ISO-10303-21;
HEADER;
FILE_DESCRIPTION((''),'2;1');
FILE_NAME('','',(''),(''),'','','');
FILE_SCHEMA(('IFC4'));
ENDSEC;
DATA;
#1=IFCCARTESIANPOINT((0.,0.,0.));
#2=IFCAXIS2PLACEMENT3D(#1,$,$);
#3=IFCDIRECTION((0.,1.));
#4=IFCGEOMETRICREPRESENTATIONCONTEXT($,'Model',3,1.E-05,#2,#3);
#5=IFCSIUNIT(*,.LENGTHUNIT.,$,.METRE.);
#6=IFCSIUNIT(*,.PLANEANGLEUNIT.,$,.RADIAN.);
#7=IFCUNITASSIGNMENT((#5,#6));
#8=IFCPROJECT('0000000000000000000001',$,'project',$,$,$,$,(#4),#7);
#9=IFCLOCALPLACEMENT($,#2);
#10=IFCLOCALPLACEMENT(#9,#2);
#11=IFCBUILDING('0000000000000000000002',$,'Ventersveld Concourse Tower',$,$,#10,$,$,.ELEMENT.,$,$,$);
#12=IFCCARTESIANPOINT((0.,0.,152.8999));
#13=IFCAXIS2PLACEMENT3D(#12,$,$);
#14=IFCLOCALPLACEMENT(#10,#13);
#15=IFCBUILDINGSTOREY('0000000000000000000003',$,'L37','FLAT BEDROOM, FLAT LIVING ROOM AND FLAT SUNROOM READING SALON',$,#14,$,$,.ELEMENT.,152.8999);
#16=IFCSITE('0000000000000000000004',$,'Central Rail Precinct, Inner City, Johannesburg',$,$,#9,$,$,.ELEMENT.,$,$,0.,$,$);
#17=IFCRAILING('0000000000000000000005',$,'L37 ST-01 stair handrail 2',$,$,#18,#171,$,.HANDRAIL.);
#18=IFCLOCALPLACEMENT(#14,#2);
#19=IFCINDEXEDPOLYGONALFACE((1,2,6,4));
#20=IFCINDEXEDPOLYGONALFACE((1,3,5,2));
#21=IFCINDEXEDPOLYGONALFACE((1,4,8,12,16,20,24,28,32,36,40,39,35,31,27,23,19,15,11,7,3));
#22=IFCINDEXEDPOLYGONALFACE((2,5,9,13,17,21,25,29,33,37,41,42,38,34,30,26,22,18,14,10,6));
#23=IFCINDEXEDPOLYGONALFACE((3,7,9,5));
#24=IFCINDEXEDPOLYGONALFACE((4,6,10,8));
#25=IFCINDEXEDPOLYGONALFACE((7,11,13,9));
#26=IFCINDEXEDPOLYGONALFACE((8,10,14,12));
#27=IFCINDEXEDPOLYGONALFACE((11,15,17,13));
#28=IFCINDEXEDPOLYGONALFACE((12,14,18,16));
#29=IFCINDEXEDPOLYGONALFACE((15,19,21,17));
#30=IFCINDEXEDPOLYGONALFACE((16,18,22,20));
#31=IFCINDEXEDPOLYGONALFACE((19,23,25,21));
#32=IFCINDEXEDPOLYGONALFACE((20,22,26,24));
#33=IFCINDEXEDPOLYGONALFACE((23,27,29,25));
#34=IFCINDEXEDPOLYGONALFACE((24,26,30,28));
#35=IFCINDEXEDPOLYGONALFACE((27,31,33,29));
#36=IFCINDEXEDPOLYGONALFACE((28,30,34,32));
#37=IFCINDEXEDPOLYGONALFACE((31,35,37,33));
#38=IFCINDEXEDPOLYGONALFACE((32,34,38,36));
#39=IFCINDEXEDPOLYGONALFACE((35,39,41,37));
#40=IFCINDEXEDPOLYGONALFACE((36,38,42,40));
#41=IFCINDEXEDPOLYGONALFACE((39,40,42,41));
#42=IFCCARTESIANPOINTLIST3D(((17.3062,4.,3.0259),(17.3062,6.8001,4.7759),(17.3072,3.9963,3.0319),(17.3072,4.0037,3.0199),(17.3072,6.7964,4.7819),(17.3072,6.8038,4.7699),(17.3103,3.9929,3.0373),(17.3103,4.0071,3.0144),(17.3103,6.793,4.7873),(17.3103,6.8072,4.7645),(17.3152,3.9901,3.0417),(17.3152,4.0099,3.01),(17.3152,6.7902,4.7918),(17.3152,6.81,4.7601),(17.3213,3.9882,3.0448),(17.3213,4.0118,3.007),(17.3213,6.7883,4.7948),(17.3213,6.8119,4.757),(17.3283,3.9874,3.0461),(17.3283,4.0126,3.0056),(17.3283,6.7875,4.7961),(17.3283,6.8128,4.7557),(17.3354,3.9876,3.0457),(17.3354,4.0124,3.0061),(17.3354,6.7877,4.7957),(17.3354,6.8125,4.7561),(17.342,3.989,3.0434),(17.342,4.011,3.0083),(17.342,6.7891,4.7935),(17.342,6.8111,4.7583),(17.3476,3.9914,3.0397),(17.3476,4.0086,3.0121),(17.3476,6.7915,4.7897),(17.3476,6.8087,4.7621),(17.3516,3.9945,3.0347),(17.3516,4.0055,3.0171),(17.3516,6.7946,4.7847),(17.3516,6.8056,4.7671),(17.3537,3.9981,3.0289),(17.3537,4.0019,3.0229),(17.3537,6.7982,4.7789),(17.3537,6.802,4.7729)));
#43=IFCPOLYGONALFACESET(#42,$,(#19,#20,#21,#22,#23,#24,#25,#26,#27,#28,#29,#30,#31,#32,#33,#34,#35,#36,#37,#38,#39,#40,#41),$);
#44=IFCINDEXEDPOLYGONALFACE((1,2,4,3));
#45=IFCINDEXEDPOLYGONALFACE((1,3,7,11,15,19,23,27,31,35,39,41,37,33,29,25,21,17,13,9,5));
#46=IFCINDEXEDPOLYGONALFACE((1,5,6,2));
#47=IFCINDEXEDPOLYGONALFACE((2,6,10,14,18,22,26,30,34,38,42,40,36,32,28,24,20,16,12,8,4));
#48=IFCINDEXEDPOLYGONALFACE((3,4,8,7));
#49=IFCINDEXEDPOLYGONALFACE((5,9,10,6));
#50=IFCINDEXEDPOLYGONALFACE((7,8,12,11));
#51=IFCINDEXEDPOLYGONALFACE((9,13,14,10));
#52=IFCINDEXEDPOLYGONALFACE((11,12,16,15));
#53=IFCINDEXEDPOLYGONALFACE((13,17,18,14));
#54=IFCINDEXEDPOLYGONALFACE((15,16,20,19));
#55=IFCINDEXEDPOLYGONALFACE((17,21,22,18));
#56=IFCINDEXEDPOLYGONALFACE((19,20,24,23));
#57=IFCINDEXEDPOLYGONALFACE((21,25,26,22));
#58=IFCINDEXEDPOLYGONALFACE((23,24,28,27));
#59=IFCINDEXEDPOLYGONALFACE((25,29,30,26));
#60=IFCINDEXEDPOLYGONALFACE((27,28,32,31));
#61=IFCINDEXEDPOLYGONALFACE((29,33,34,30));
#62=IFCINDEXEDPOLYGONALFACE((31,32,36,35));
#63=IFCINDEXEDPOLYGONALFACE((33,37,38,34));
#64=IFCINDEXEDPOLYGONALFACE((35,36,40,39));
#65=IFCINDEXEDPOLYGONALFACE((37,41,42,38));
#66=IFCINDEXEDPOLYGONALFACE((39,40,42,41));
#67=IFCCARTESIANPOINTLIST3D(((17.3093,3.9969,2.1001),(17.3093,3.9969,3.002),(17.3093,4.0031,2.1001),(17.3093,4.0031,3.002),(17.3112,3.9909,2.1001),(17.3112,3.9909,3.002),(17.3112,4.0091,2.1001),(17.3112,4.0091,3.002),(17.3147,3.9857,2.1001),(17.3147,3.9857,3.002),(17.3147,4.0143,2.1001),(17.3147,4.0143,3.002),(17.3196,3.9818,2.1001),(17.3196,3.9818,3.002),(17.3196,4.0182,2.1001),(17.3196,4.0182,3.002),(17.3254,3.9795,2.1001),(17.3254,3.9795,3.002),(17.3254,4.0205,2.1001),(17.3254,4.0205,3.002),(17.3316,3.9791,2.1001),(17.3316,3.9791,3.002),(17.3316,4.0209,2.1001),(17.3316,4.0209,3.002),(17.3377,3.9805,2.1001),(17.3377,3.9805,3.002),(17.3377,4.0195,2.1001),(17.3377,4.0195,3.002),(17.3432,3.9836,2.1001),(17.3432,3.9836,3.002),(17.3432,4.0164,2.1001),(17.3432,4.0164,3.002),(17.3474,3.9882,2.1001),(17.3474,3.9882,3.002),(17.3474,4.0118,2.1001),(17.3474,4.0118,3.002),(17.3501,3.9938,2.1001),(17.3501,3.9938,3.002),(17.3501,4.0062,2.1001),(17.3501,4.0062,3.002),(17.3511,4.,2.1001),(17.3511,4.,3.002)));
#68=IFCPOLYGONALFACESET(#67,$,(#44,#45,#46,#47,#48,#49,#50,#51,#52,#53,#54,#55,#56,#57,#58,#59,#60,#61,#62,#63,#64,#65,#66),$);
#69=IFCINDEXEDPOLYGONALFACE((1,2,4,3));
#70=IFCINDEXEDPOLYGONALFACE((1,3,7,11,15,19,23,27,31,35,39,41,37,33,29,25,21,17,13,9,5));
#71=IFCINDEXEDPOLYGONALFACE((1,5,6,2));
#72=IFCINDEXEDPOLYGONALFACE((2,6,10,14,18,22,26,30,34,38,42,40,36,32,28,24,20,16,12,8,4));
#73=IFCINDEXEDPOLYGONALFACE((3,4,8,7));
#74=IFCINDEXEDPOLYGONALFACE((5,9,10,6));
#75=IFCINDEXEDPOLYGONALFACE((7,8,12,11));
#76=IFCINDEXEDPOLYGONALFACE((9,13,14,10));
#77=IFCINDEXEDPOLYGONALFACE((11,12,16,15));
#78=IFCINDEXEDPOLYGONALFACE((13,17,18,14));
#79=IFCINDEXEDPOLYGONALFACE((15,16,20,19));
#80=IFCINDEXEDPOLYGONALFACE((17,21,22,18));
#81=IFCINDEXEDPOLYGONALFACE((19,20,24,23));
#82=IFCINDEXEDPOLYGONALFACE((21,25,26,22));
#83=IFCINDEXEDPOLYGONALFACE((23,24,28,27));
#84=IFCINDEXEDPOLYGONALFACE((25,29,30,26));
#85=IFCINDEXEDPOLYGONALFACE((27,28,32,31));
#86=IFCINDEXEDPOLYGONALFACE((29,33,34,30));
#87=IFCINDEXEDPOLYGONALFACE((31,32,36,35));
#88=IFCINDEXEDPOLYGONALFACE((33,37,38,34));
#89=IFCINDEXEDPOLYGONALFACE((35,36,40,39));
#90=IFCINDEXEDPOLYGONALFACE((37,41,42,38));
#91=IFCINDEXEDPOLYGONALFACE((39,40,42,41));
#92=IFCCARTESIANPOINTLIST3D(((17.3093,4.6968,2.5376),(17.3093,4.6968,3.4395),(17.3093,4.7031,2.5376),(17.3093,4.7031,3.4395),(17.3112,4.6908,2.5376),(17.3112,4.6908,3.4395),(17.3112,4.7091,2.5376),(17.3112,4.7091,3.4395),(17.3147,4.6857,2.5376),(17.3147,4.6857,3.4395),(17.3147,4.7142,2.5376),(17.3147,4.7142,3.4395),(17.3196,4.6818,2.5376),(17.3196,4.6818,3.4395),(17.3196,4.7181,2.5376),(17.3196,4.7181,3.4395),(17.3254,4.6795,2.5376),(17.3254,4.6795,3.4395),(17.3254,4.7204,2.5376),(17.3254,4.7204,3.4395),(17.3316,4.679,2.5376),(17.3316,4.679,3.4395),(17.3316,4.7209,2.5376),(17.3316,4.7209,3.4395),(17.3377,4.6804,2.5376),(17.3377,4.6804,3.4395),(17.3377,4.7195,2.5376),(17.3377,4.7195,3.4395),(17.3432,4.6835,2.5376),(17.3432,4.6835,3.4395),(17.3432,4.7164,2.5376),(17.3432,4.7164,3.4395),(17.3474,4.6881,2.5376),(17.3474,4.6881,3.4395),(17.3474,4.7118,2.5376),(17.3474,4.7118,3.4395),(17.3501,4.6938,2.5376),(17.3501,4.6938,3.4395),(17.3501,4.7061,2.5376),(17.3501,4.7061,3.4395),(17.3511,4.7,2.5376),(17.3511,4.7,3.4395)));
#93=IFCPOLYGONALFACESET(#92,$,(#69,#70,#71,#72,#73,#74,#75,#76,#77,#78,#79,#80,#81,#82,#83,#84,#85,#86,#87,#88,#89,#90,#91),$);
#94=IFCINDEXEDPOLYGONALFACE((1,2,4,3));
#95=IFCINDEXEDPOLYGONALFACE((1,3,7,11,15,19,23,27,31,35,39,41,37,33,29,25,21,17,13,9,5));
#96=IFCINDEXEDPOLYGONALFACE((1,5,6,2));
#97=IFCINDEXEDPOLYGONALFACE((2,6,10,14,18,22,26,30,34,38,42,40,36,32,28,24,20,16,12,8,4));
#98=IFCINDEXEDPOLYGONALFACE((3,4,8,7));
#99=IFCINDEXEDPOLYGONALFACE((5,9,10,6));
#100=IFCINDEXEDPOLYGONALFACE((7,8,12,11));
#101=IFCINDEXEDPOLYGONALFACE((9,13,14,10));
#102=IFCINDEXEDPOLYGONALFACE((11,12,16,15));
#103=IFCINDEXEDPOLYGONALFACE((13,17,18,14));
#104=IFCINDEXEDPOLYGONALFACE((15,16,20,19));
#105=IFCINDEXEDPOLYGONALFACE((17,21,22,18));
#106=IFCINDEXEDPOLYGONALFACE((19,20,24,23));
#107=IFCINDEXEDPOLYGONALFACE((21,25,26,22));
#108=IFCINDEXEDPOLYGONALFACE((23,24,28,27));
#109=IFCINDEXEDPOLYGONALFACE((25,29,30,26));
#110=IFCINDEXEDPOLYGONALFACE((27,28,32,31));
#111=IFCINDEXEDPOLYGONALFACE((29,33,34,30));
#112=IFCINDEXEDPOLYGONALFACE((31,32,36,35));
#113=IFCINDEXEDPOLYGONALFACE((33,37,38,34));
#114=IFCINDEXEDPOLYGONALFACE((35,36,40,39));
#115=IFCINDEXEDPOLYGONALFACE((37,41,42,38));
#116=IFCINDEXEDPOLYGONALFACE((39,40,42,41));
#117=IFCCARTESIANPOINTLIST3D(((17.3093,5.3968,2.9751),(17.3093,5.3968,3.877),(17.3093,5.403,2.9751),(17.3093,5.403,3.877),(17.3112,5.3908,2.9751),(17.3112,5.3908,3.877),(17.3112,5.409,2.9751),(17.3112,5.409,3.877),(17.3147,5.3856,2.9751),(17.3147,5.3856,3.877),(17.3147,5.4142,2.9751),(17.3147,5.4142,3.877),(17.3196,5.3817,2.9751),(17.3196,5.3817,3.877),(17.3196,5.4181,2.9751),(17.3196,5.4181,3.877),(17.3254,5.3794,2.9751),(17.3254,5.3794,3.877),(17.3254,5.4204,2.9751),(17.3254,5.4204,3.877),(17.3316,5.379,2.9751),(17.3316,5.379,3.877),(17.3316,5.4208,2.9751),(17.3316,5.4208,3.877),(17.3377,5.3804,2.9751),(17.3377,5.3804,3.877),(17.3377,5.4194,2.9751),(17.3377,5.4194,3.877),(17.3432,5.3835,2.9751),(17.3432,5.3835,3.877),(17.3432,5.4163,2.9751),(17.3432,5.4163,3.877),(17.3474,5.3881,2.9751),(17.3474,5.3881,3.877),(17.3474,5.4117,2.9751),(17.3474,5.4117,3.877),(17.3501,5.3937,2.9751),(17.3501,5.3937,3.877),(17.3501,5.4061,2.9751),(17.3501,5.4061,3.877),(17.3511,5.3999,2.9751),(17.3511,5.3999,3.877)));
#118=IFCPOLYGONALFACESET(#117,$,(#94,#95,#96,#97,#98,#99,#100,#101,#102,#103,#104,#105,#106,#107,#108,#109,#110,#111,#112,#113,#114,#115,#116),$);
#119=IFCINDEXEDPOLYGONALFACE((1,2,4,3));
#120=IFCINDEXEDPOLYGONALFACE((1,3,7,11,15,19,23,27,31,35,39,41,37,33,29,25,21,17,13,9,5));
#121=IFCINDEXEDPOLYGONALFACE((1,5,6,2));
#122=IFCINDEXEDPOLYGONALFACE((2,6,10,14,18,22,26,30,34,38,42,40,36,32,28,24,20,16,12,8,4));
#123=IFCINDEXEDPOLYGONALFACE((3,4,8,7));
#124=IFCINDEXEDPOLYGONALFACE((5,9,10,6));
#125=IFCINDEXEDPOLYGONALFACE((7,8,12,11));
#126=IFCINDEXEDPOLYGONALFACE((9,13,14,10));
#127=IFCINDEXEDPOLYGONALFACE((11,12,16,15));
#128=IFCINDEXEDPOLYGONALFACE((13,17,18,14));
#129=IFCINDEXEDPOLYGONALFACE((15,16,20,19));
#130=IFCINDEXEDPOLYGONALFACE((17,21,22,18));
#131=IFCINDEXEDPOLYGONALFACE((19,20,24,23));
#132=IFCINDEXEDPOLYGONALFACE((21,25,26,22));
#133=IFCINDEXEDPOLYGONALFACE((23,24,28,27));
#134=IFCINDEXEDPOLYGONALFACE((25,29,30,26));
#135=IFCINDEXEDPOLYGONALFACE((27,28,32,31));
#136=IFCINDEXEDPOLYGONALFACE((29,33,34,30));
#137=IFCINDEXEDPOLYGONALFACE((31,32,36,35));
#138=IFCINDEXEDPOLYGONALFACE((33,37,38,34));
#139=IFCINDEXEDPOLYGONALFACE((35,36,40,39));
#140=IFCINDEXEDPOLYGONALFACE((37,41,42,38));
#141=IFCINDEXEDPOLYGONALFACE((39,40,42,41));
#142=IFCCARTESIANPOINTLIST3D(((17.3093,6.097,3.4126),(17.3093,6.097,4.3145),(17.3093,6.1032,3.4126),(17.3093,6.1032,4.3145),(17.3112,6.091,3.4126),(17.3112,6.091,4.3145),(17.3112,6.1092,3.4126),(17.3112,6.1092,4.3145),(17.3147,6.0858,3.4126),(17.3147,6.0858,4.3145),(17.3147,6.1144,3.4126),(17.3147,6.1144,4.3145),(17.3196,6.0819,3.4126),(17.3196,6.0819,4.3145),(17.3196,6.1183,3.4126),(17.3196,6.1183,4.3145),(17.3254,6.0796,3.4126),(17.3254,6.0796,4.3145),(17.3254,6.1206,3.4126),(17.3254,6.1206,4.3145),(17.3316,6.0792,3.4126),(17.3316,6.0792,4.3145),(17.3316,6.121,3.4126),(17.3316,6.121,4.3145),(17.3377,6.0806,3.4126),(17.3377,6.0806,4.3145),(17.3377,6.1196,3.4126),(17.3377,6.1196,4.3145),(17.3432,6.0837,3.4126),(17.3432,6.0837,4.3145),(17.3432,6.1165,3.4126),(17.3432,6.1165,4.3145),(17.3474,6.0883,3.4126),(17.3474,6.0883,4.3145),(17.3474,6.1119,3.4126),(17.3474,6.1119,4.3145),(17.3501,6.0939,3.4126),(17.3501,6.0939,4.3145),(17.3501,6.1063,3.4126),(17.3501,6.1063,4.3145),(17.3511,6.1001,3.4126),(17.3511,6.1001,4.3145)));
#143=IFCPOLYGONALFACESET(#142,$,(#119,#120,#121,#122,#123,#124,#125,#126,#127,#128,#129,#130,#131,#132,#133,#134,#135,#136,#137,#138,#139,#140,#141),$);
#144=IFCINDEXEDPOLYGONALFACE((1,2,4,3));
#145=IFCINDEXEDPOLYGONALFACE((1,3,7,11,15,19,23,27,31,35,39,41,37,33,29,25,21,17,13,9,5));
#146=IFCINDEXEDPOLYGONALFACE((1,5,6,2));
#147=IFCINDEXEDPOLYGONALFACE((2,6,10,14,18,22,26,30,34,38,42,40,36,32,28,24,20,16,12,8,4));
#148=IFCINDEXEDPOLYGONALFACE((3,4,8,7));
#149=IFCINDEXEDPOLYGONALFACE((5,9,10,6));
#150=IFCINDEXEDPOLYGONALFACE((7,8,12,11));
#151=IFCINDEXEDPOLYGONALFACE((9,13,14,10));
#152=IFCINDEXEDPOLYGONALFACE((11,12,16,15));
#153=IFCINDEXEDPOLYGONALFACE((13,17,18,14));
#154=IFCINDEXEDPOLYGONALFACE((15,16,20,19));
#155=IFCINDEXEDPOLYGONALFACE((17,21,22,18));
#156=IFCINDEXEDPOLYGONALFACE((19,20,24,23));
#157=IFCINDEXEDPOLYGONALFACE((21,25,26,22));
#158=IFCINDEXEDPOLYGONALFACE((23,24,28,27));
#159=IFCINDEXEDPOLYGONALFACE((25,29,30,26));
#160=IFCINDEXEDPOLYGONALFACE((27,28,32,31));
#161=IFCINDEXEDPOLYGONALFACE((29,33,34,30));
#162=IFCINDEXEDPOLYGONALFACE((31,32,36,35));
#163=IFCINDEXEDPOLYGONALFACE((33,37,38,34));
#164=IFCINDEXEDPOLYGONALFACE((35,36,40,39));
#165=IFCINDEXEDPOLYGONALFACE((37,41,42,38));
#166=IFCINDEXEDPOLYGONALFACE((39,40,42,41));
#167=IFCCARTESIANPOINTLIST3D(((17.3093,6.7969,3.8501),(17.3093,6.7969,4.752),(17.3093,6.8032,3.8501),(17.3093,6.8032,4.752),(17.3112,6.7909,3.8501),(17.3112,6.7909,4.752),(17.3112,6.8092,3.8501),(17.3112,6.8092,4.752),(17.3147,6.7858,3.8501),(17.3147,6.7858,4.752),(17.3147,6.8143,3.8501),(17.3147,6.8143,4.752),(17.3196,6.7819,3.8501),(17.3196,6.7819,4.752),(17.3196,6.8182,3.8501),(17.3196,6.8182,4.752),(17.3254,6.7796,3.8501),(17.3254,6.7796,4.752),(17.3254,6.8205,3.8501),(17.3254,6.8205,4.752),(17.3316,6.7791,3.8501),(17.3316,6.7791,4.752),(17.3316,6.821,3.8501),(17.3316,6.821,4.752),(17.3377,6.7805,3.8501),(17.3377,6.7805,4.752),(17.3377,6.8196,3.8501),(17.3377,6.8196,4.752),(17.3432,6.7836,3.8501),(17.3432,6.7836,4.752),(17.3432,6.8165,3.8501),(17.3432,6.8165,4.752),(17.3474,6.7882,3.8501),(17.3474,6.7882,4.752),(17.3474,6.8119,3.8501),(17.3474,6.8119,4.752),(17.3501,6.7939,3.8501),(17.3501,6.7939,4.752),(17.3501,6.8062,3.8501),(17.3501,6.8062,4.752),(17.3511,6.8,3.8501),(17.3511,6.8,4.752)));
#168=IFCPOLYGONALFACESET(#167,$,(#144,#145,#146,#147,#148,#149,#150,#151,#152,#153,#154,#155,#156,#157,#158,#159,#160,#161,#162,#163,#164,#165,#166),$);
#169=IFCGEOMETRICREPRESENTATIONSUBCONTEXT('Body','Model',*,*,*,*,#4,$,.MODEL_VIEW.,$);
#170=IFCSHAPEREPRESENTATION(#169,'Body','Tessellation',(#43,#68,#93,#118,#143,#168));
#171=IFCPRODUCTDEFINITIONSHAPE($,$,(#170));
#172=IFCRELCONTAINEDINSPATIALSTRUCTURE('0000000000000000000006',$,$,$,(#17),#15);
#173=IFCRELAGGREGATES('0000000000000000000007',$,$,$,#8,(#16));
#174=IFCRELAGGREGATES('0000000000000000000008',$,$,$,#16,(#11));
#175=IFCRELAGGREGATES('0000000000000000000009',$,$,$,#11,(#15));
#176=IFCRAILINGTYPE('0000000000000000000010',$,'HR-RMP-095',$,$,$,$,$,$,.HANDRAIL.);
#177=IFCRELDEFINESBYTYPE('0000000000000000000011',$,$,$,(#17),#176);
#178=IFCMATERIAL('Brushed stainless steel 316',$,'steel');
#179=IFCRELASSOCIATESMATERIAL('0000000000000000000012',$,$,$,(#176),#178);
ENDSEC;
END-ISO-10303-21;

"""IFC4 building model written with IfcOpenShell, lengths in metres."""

from ifc_helpers import new_model, si_unit, direction, frame, origin, origin_2d, place, context, subcontext, project, spatial, circle, extrude, material, type_object, element, save


model = new_model("IFC4")

# Units and contexts
model_context = context("Model", 3, precision=1e-05, world=origin(), true_north=direction((0.0, 1.0)))
body_context = subcontext(model_context, "Body", "Model", "MODEL_VIEW")
ifc_project = project(units=[si_unit("LENGTHUNIT", "METRE"), si_unit("PLANEANGLEUNIT", "RADIAN")], contexts=[model_context])

# Site, building, storey
site_placement = place(None, origin())
site = spatial("IfcSite", under=ifc_project, at=site_placement, Name="Central Rail Precinct, Inner City, Johannesburg", CompositionType="ELEMENT", RefElevation=0.0)
building_placement = place(site_placement, origin())
building = spatial("IfcBuilding", under=site, at=building_placement, Name="Ventersveld Concourse Tower", CompositionType="ELEMENT")
storey_placement = place(building_placement, frame((0.0, 0.0, 152.8999)))
storey = spatial("IfcBuildingStorey", under=building, at=storey_placement, Name="L37", Description="FLAT BEDROOM, FLAT LIVING ROOM AND FLAT SUNROOM READING SALON", CompositionType="ELEMENT", Elevation=152.8999)

# Railing
ifc_material_1 = material(Name="Brushed stainless steel 316", Category="steel")
railing_type_1 = type_object("IfcRailingType", Name="HR-RMP-095", PredefinedType="HANDRAIL", material=ifc_material_1)
railing_1_placement = place(storey_placement, frame((17.3301, 4.0, 2.1001)))
element("IfcRailing", 1, at=railing_1_placement, inside=storey, type_object=railing_type_1, Name="L37 ST-01 stair handrail 2", PredefinedType="HANDRAIL", context=body_context, shape_type="SweptSolid", body=[
    extrude(circle(Radius=0.0239, at=origin_2d()), frame((0.0, 0.0, 0.9258), z_axis=(0.0, 0.848002, 0.529992), x_axis=(-1.0, 0.0, 0.0)), (0.0, 0.0, 1.0), 3.302),
    extrude(circle(Radius=0.021, at=origin_2d()), origin(), (0.0, 0.0, 1.0), 0.9019),
    extrude(circle(Radius=0.021, at=origin_2d()), frame((0.0, 0.7, 0.4375)), (0.0, 0.0, 1.0), 0.9019),
    extrude(circle(Radius=0.021, at=origin_2d()), frame((0.0, 1.3999, 0.875)), (0.0, 0.0, 1.0), 0.9019),
    extrude(circle(Radius=0.021, at=origin_2d()), frame((0.0, 2.1001, 1.3125)), (0.0, 0.0, 1.0), 0.9019),
    extrude(circle(Radius=0.021, at=origin_2d()), frame((0.0, 2.8, 1.75)), (0.0, 0.0, 1.0), 0.9019),
])

save(model, "model.ifc")
